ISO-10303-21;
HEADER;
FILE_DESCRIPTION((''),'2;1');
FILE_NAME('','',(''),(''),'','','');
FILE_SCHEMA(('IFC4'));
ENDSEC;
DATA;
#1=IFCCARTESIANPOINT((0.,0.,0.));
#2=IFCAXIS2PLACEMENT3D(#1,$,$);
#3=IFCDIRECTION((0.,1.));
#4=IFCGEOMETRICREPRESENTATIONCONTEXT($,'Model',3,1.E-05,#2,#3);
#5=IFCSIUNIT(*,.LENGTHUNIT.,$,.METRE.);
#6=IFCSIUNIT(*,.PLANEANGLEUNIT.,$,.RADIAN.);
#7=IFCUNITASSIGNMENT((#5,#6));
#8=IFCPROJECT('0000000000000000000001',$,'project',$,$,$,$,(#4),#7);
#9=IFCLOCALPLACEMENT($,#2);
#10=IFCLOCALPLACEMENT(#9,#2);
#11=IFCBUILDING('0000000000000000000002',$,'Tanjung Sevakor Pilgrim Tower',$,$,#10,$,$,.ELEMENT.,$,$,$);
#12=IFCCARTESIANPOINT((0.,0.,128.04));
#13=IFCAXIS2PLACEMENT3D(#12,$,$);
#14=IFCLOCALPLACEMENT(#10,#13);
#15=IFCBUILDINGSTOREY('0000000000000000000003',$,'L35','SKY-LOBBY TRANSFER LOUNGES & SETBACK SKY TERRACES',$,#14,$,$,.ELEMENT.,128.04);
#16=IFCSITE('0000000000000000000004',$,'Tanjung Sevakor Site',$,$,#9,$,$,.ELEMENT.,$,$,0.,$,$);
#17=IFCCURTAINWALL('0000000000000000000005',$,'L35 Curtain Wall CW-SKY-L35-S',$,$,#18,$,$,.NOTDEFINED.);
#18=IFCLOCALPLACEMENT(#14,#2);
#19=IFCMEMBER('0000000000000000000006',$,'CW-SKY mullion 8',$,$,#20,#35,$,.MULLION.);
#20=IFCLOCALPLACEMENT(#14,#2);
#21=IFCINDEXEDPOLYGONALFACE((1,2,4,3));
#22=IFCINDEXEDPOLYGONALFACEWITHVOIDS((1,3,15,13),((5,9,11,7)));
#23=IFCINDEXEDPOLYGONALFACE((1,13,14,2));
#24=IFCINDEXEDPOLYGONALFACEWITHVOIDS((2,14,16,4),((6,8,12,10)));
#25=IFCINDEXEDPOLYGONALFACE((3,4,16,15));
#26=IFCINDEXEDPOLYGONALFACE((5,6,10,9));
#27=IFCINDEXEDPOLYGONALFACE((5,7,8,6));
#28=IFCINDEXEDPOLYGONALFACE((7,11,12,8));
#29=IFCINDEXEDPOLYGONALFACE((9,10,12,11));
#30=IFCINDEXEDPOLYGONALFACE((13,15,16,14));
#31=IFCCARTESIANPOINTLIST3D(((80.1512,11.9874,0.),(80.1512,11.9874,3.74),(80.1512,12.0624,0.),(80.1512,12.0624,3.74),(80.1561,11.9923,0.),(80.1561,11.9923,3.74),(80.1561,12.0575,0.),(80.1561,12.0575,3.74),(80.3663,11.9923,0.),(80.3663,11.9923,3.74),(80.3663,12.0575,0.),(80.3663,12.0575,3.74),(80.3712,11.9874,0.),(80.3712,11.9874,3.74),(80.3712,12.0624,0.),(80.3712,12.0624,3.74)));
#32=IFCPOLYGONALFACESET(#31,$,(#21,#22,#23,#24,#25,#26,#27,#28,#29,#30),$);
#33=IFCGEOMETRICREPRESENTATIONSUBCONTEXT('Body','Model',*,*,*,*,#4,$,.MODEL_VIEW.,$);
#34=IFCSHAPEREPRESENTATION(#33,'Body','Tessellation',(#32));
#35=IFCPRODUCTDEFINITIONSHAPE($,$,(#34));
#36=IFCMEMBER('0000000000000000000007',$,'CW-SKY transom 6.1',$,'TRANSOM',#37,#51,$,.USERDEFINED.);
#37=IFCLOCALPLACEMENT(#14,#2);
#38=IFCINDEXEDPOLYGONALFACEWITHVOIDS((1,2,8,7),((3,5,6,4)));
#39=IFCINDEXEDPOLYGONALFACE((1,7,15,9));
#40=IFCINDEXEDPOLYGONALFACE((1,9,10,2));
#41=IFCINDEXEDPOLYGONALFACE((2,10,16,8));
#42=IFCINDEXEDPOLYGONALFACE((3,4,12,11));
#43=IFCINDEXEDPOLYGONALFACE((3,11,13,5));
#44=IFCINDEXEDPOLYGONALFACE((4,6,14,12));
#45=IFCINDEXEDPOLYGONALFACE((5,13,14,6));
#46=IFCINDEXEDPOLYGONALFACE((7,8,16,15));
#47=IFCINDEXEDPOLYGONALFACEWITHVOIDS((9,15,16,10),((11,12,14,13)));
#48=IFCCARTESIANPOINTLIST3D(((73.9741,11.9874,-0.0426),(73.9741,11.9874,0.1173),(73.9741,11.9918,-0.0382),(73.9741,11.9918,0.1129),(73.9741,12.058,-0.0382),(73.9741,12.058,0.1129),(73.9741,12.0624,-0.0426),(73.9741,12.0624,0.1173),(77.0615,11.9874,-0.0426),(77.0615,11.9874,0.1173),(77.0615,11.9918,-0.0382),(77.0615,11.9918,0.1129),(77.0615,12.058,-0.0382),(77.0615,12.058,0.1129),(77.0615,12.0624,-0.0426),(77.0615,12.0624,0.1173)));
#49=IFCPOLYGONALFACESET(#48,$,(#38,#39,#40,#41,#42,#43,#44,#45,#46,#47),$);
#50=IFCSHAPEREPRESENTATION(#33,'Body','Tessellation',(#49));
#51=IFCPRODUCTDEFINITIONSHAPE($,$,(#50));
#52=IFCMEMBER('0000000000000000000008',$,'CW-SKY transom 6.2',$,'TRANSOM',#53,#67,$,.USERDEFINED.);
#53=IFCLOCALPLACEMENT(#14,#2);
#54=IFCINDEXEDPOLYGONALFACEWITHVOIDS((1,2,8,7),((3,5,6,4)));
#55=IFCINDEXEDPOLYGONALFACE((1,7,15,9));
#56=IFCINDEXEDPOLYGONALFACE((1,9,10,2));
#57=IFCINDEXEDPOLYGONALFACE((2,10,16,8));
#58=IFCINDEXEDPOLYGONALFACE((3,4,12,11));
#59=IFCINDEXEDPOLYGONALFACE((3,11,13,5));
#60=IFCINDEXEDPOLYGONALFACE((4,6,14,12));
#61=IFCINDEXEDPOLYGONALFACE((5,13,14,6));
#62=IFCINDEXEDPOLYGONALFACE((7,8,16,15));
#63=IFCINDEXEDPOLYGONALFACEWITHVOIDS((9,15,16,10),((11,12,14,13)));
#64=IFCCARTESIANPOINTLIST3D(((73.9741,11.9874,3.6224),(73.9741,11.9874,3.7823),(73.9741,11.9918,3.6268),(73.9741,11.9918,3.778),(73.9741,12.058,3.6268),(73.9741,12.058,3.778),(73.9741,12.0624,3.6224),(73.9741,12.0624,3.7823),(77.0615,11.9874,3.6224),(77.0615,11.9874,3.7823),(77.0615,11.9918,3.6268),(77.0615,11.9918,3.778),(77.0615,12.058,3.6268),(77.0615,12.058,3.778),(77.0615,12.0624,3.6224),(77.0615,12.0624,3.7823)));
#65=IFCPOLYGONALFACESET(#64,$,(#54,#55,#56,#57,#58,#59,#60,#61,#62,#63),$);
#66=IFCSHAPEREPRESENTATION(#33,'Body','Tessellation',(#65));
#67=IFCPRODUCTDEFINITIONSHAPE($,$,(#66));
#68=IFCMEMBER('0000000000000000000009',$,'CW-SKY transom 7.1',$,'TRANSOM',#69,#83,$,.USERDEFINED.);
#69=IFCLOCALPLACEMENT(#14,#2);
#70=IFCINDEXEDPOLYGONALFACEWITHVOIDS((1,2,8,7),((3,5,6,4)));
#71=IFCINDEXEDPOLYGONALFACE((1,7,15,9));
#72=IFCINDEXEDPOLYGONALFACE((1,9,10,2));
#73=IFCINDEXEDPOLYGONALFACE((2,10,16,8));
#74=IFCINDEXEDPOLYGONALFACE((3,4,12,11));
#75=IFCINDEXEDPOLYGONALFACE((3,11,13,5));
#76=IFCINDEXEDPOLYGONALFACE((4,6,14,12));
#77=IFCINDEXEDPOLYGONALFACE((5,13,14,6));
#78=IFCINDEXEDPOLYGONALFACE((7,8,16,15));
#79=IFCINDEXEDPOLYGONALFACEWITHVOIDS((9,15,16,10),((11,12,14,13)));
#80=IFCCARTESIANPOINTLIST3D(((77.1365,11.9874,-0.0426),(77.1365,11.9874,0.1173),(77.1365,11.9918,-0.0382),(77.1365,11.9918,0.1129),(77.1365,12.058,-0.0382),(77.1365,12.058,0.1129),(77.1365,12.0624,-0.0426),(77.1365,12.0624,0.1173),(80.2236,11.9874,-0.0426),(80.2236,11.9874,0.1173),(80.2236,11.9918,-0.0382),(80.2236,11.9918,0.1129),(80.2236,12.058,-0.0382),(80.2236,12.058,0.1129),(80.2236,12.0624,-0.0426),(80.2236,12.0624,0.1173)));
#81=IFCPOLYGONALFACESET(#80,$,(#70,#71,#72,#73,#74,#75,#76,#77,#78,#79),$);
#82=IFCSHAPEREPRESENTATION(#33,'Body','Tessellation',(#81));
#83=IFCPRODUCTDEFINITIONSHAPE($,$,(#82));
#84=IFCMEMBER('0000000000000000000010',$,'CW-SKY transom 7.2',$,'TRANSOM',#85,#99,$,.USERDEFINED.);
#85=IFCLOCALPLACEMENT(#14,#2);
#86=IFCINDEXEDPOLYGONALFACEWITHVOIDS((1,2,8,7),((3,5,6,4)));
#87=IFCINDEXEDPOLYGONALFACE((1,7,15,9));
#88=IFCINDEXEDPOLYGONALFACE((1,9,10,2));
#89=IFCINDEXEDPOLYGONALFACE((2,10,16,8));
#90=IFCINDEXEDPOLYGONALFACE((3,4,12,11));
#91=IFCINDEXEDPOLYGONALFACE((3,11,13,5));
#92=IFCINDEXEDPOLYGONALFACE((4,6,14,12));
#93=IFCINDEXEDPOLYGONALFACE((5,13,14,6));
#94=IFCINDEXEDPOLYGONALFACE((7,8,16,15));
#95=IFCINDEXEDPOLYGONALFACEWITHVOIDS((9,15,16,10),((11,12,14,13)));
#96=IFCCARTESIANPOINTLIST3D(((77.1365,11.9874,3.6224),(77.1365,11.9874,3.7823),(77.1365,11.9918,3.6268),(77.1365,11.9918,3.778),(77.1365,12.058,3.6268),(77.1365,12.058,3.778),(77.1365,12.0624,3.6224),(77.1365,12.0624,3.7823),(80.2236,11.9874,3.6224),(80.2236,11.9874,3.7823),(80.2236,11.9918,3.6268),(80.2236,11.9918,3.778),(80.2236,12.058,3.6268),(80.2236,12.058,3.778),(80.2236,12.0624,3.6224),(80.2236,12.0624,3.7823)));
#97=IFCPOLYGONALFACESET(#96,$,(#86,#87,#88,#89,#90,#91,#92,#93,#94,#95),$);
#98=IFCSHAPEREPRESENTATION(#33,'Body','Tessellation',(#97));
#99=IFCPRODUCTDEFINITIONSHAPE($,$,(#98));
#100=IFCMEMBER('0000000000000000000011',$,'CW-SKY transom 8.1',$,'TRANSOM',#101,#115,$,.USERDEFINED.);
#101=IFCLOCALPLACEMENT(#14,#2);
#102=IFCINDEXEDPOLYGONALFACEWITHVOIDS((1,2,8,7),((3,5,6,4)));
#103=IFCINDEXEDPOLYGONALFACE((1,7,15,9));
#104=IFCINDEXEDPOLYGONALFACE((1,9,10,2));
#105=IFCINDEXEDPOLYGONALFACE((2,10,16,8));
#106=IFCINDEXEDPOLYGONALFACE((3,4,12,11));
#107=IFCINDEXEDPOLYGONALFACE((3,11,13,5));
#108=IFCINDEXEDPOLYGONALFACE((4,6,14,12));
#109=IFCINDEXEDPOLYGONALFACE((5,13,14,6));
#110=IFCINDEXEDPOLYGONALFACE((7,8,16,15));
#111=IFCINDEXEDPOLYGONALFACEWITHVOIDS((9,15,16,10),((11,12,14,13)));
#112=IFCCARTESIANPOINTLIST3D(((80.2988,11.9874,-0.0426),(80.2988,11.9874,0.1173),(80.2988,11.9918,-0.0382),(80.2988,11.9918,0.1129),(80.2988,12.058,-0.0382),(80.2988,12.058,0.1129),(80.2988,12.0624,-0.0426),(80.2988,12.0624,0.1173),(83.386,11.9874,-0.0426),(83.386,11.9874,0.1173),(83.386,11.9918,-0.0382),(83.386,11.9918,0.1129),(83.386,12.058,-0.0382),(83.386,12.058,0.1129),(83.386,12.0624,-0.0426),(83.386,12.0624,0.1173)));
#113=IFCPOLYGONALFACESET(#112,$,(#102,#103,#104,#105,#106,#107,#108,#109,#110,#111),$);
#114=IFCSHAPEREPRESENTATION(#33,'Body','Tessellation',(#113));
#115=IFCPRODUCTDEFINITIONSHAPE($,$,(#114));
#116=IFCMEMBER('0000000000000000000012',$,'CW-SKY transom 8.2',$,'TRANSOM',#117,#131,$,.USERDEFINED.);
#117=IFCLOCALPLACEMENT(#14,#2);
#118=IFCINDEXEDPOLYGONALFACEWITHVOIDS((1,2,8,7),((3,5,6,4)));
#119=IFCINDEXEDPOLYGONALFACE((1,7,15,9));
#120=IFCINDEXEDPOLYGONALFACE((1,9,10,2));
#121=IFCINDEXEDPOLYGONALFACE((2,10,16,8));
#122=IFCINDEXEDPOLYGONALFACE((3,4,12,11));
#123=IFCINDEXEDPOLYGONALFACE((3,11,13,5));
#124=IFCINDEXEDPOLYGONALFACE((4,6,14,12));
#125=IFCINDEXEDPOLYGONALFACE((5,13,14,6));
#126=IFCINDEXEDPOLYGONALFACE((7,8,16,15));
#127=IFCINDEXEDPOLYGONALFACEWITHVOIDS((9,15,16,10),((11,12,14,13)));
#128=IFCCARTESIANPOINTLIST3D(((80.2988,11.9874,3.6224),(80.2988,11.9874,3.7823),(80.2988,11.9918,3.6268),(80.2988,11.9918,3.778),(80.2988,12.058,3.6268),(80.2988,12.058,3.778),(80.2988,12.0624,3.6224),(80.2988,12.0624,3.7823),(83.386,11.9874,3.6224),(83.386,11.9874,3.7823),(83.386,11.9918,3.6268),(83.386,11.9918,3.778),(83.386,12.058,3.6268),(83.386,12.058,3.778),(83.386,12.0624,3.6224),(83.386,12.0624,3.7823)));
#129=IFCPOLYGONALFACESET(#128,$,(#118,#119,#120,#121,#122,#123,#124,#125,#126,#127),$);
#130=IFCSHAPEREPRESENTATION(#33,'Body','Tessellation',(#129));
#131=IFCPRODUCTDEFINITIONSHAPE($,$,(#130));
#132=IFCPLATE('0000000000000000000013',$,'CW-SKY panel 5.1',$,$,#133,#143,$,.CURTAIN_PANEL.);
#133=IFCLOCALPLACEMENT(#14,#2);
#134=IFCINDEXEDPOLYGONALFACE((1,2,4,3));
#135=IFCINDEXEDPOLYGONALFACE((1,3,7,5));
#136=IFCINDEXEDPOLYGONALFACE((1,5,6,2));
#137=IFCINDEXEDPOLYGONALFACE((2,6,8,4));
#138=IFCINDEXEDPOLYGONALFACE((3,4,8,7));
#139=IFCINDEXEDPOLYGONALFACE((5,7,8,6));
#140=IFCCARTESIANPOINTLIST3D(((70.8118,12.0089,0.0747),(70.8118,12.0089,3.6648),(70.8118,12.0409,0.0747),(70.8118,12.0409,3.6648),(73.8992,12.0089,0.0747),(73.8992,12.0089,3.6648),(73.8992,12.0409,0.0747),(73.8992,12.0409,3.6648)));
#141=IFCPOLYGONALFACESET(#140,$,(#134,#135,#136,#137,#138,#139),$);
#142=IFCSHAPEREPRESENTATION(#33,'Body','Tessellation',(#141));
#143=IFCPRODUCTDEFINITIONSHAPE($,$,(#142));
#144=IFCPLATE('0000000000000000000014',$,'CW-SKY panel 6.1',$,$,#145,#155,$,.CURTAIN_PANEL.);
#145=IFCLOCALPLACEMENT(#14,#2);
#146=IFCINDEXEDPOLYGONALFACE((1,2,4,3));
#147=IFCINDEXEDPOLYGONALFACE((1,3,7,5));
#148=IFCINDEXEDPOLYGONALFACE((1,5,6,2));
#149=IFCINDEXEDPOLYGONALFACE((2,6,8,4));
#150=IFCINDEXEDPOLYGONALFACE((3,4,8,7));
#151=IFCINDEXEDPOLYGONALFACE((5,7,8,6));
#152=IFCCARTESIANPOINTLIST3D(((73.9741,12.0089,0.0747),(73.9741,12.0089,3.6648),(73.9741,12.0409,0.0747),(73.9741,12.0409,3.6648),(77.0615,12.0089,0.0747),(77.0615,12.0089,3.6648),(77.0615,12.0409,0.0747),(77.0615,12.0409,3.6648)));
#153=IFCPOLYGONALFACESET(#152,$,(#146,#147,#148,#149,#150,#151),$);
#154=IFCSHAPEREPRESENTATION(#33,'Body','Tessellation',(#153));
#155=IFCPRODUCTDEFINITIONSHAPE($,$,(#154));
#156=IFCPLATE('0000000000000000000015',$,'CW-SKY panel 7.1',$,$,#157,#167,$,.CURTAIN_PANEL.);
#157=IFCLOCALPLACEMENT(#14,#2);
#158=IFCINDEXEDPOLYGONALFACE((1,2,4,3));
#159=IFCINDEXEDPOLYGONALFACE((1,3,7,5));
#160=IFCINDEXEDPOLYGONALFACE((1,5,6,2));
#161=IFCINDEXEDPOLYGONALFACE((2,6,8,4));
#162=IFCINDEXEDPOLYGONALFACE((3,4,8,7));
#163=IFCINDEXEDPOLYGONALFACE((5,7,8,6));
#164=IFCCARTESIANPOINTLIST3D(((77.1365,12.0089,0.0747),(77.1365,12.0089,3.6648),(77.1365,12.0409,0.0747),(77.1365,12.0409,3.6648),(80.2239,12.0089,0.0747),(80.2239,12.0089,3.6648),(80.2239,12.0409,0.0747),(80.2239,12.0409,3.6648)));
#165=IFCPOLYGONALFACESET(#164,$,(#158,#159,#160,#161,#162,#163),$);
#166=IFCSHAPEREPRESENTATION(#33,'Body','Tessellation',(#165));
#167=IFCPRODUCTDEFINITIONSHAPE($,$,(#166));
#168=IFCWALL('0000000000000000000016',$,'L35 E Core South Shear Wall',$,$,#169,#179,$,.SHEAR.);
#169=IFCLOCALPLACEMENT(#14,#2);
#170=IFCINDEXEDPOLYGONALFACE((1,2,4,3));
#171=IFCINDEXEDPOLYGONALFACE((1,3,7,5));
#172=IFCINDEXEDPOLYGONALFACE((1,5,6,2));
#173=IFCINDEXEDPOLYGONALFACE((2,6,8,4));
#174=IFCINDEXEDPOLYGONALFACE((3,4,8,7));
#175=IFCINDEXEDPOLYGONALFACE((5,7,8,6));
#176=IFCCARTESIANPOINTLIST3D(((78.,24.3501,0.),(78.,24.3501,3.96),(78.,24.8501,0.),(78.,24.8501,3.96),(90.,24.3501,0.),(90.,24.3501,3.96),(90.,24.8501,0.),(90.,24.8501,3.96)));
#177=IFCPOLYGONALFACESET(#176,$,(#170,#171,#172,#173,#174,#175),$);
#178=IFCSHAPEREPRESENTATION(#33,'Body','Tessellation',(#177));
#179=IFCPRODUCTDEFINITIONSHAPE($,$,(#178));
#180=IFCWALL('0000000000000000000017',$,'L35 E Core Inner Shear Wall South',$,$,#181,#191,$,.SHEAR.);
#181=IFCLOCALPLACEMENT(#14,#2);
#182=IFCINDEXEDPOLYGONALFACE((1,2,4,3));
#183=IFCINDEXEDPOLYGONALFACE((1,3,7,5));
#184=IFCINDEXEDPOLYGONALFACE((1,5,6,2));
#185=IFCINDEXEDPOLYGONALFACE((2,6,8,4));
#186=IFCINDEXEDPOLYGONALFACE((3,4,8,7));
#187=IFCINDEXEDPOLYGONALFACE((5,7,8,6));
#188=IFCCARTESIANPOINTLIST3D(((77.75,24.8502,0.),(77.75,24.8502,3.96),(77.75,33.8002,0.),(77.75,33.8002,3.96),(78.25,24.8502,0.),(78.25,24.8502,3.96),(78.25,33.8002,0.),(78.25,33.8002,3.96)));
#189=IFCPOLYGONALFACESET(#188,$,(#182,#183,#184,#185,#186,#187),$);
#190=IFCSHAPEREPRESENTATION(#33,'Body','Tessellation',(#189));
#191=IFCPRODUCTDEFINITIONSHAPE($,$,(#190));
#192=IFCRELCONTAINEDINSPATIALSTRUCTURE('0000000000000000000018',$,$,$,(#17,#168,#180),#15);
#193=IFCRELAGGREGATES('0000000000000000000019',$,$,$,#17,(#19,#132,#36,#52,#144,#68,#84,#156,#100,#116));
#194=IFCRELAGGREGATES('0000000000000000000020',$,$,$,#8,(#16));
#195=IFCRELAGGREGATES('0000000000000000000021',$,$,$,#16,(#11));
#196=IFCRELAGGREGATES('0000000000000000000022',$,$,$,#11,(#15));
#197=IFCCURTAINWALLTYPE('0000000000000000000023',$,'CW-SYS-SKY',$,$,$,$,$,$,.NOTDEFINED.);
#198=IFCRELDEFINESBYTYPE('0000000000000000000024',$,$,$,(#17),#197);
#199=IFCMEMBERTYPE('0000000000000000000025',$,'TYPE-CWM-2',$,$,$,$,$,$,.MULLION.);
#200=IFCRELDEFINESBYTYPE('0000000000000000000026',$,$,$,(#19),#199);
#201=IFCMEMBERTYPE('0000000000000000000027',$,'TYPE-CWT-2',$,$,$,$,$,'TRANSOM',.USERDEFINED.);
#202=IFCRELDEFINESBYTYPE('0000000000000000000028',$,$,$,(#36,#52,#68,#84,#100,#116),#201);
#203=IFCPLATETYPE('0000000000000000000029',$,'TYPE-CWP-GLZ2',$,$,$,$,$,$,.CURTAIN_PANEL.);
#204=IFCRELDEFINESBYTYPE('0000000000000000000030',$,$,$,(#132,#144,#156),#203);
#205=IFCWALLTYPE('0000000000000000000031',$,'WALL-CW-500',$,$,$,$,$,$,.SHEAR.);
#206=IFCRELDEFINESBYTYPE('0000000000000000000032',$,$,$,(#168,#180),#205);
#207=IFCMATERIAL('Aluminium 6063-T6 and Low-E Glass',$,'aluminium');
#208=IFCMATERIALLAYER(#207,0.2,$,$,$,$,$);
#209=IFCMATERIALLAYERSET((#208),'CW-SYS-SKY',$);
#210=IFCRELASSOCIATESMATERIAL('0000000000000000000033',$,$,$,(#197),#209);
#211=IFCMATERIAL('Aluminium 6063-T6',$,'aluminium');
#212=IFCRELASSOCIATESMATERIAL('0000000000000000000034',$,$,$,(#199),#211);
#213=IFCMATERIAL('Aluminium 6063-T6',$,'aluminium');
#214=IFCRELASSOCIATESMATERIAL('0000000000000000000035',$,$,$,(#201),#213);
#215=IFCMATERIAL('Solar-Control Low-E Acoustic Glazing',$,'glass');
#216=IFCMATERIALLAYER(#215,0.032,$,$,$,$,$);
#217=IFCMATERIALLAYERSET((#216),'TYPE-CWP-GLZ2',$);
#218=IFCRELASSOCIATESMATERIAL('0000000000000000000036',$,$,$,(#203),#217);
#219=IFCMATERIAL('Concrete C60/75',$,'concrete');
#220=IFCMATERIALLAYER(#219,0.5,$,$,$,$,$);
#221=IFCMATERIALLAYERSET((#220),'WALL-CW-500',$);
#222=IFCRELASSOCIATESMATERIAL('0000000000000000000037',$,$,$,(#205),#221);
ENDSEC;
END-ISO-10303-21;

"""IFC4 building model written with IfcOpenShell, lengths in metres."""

from ifc_helpers import new_model, si_unit, direction, frame, frame_2d, origin, origin_2d, place, context, subcontext, project, spatial, rectangle, hollow_rectangle, extrude, material, layer, layer_set, material_profile, profile_set, type_object, element, aggregate, save


model = new_model("IFC4")

# Units and contexts
model_context = context("Model", 3, precision=1e-05, world=origin(), true_north=direction((0.0, 1.0)))
body_context = subcontext(model_context, "Body", "Model", "MODEL_VIEW")
ifc_project = project(units=[si_unit("LENGTHUNIT", "METRE"), si_unit("PLANEANGLEUNIT", "RADIAN")], contexts=[model_context])

# Site, building, storey
site_placement = place(None, origin())
site = spatial("IfcSite", under=ifc_project, at=site_placement, Name="Tanjung Sevakor Site", CompositionType="ELEMENT", RefElevation=0.0)
building_placement = place(site_placement, origin())
building = spatial("IfcBuilding", under=site, at=building_placement, Name="Tanjung Sevakor Pilgrim Tower", CompositionType="ELEMENT")
storey_placement = place(building_placement, frame((0.0, 0.0, 128.04)))
storey = spatial("IfcBuildingStorey", under=building, at=storey_placement, Name="L35", Description="SKY-LOBBY TRANSFER LOUNGES & SETBACK SKY TERRACES", CompositionType="ELEMENT", Elevation=128.04)

# Curtain wall, members, plates
ifc_material_1 = material(Name="Aluminium 6063-T6 and Low-E Glass", Category="aluminium")
ifc_layer_1 = layer(ifc_material_1, 0.2)
ifc_layer_set_1 = layer_set([ifc_layer_1], Name="CW-SYS-SKY")
curtain_wall_type = type_object("IfcCurtainWallType", Name="CW-SYS-SKY", PredefinedType="NOTDEFINED", material=ifc_layer_set_1)
curtain_wall_placement = place(storey_placement, origin())
curtain_wall = element("IfcCurtainWall", 1, at=curtain_wall_placement, inside=storey, type_object=curtain_wall_type, Name="L35 Curtain Wall CW-SKY-L35-S", PredefinedType="NOTDEFINED")
ifc_material_2 = material(Name="Aluminium 6063-T6", Category="aluminium")
ifc_material_profile_1 = material_profile(ifc_material_2, hollow_rectangle(XDim=0.075, YDim=0.22, WallThickness=0.0049, at=origin_2d()))
ifc_profile_set_1 = profile_set([ifc_material_profile_1], Name="Aluminium 6063-T6")
member_type_1 = type_object("IfcMemberType", Name="TYPE-CWM-2", PredefinedType="MULLION", material=ifc_profile_set_1)
member_1_placement = place(storey_placement, frame((80.2612, 12.0249, 0.0), z_axis=(0.0, 0.0, 1.0), x_axis=(0.0, 1.0, 0.0)))
member_1 = element("IfcMember", 2, at=member_1_placement, type_object=member_type_1, Name="CW-SKY mullion 8", PredefinedType="MULLION", context=body_context, shape_type="SweptSolid", body=[
    extrude(hollow_rectangle(XDim=0.075, YDim=0.22, WallThickness=0.0049, at=origin_2d()), origin(), (0.0, 0.0, 1.0), 3.74),
])
ifc_material_3 = material(Name="Aluminium 6063-T6", Category="aluminium")
ifc_material_profile_2 = material_profile(ifc_material_3, hollow_rectangle(XDim=0.075, YDim=0.1599, WallThickness=0.0044, at=origin_2d()))
ifc_profile_set_2 = profile_set([ifc_material_profile_2], Name="Aluminium 6063-T6")
member_type_2 = type_object("IfcMemberType", Name="TYPE-CWT-2", ElementType="TRANSOM", PredefinedType="USERDEFINED", material=ifc_profile_set_2)
member_2_placement = place(storey_placement, frame((73.9741, 12.0249, 0.0374), z_axis=(1.0, 0.0, 0.0), x_axis=(0.0, 1.0, 0.0)))
member_2 = element("IfcMember", 3, at=member_2_placement, type_object=member_type_2, Name="CW-SKY transom 6.1", ObjectType="TRANSOM", PredefinedType="USERDEFINED", context=body_context, shape_type="SweptSolid", body=[
    extrude(hollow_rectangle(XDim=0.075, YDim=0.1599, WallThickness=0.0044, at=origin_2d()), origin(), (0.0, 0.0, 1.0), 3.0874),
])
member_3_placement = place(storey_placement, frame((73.9741, 12.0249, 3.7024), z_axis=(1.0, 0.0, 0.0), x_axis=(0.0, 1.0, 0.0)))
member_3 = element("IfcMember", 4, at=member_3_placement, type_object=member_type_2, Name="CW-SKY transom 6.2", ObjectType="TRANSOM", PredefinedType="USERDEFINED", context=body_context, shape_type="SweptSolid", body=[
    extrude(hollow_rectangle(XDim=0.075, YDim=0.1599, WallThickness=0.0044, at=origin_2d()), origin(), (0.0, 0.0, 1.0), 3.0874),
])
member_4_placement = place(storey_placement, frame((77.1365, 12.0249, 0.0374), z_axis=(1.0, 0.0, 0.0), x_axis=(0.0, 1.0, 0.0)))
member_4 = element("IfcMember", 5, at=member_4_placement, type_object=member_type_2, Name="CW-SKY transom 7.1", ObjectType="TRANSOM", PredefinedType="USERDEFINED", context=body_context, shape_type="SweptSolid", body=[
    extrude(hollow_rectangle(XDim=0.075, YDim=0.1599, WallThickness=0.0044, at=origin_2d()), origin(), (0.0, 0.0, 1.0), 3.0872),
])
member_5_placement = place(storey_placement, frame((77.1365, 12.0249, 3.7024), z_axis=(1.0, 0.0, 0.0), x_axis=(0.0, 1.0, 0.0)))
member_5 = element("IfcMember", 6, at=member_5_placement, type_object=member_type_2, Name="CW-SKY transom 7.2", ObjectType="TRANSOM", PredefinedType="USERDEFINED", context=body_context, shape_type="SweptSolid", body=[
    extrude(hollow_rectangle(XDim=0.075, YDim=0.1599, WallThickness=0.0044, at=origin_2d()), origin(), (0.0, 0.0, 1.0), 3.0872),
])
member_6_placement = place(storey_placement, frame((80.2988, 12.0249, 0.0374), z_axis=(1.0, 0.0, 0.0), x_axis=(0.0, 1.0, 0.0)))
member_6 = element("IfcMember", 7, at=member_6_placement, type_object=member_type_2, Name="CW-SKY transom 8.1", ObjectType="TRANSOM", PredefinedType="USERDEFINED", context=body_context, shape_type="SweptSolid", body=[
    extrude(hollow_rectangle(XDim=0.075, YDim=0.1599, WallThickness=0.0044, at=origin_2d()), origin(), (0.0, 0.0, 1.0), 3.0872),
])
member_7_placement = place(storey_placement, frame((80.2988, 12.0249, 3.7024), z_axis=(1.0, 0.0, 0.0), x_axis=(0.0, 1.0, 0.0)))
member_7 = element("IfcMember", 8, at=member_7_placement, type_object=member_type_2, Name="CW-SKY transom 8.2", ObjectType="TRANSOM", PredefinedType="USERDEFINED", context=body_context, shape_type="SweptSolid", body=[
    extrude(hollow_rectangle(XDim=0.075, YDim=0.1599, WallThickness=0.0044, at=origin_2d()), origin(), (0.0, 0.0, 1.0), 3.0872),
])
ifc_material_4 = material(Name="Solar-Control Low-E Acoustic Glazing", Category="glass")
ifc_layer_2 = layer(ifc_material_4, 0.032)
ifc_layer_set_2 = layer_set([ifc_layer_2], Name="TYPE-CWP-GLZ2")
plate_type = type_object("IfcPlateType", Name="TYPE-CWP-GLZ2", PredefinedType="CURTAIN_PANEL", material=ifc_layer_set_2)
plate_1_placement = place(storey_placement, frame((72.3555, 12.0249, 0.0747), z_axis=(0.0, 0.0, 1.0), x_axis=(1.0, 0.0, 0.0)))
plate_1 = element("IfcPlate", 9, at=plate_1_placement, type_object=plate_type, Name="CW-SKY panel 5.1", PredefinedType="CURTAIN_PANEL", context=body_context, shape_type="SweptSolid", body=[
    extrude(rectangle(XDim=3.0874, YDim=0.032, at=origin_2d()), origin(), (0.0, 0.0, 1.0), 3.5901),
])
plate_2_placement = place(storey_placement, frame((75.5178, 12.0249, 0.0747), z_axis=(0.0, 0.0, 1.0), x_axis=(1.0, 0.0, 0.0)))
plate_2 = element("IfcPlate", 10, at=plate_2_placement, type_object=plate_type, Name="CW-SKY panel 6.1", PredefinedType="CURTAIN_PANEL", context=body_context, shape_type="SweptSolid", body=[
    extrude(rectangle(XDim=3.0874, YDim=0.032, at=origin_2d()), origin(), (0.0, 0.0, 1.0), 3.5901),
])
plate_3_placement = place(storey_placement, frame((78.6802, 12.0249, 0.0747), z_axis=(0.0, 0.0, 1.0), x_axis=(1.0, 0.0, 0.0)))
plate_3 = element("IfcPlate", 11, at=plate_3_placement, type_object=plate_type, Name="CW-SKY panel 7.1", PredefinedType="CURTAIN_PANEL", context=body_context, shape_type="SweptSolid", body=[
    extrude(rectangle(XDim=3.0874, YDim=0.032, at=origin_2d()), origin(), (0.0, 0.0, 1.0), 3.5901),
])
aggregate(curtain_wall, [member_1, plate_1, member_2, member_3, plate_2, member_4, member_5, plate_3, member_6, member_7])

# Walls
ifc_material_5 = material(Name="Concrete C60/75", Category="concrete")
ifc_layer_3 = layer(ifc_material_5, 0.5)
ifc_layer_set_3 = layer_set([ifc_layer_3], Name="WALL-CW-500")
wall_type_1 = type_object("IfcWallType", Name="WALL-CW-500", PredefinedType="SHEAR", material=ifc_layer_set_3)
wall_1_placement = place(storey_placement, frame((78.0, 24.6001, 0.0), z_axis=(0.0, 0.0, 1.0), x_axis=(1.0, 0.0, 0.0)))
element("IfcWall", 12, at=wall_1_placement, inside=storey, type_object=wall_type_1, Name="L35 E Core South Shear Wall", PredefinedType="SHEAR", context=body_context, shape_type="SweptSolid", body=[
    extrude(rectangle(XDim=12.0, YDim=0.5, at=frame_2d((6.0, 0.0))), origin(), (0.0, 0.0, 1.0), 3.96),
])
wall_2_placement = place(storey_placement, frame((78.0, 24.8501, 0.0), z_axis=(0.0, 0.0, 1.0), x_axis=(0.0, 1.0, 0.0)))
element("IfcWall", 13, at=wall_2_placement, inside=storey, type_object=wall_type_1, Name="L35 E Core Inner Shear Wall South", PredefinedType="SHEAR", context=body_context, shape_type="SweptSolid", body=[
    extrude(rectangle(XDim=8.95, YDim=0.5, at=frame_2d((4.4751, 0.0))), origin(), (0.0, 0.0, 1.0), 3.96),
])

save(model, "model.ifc")
